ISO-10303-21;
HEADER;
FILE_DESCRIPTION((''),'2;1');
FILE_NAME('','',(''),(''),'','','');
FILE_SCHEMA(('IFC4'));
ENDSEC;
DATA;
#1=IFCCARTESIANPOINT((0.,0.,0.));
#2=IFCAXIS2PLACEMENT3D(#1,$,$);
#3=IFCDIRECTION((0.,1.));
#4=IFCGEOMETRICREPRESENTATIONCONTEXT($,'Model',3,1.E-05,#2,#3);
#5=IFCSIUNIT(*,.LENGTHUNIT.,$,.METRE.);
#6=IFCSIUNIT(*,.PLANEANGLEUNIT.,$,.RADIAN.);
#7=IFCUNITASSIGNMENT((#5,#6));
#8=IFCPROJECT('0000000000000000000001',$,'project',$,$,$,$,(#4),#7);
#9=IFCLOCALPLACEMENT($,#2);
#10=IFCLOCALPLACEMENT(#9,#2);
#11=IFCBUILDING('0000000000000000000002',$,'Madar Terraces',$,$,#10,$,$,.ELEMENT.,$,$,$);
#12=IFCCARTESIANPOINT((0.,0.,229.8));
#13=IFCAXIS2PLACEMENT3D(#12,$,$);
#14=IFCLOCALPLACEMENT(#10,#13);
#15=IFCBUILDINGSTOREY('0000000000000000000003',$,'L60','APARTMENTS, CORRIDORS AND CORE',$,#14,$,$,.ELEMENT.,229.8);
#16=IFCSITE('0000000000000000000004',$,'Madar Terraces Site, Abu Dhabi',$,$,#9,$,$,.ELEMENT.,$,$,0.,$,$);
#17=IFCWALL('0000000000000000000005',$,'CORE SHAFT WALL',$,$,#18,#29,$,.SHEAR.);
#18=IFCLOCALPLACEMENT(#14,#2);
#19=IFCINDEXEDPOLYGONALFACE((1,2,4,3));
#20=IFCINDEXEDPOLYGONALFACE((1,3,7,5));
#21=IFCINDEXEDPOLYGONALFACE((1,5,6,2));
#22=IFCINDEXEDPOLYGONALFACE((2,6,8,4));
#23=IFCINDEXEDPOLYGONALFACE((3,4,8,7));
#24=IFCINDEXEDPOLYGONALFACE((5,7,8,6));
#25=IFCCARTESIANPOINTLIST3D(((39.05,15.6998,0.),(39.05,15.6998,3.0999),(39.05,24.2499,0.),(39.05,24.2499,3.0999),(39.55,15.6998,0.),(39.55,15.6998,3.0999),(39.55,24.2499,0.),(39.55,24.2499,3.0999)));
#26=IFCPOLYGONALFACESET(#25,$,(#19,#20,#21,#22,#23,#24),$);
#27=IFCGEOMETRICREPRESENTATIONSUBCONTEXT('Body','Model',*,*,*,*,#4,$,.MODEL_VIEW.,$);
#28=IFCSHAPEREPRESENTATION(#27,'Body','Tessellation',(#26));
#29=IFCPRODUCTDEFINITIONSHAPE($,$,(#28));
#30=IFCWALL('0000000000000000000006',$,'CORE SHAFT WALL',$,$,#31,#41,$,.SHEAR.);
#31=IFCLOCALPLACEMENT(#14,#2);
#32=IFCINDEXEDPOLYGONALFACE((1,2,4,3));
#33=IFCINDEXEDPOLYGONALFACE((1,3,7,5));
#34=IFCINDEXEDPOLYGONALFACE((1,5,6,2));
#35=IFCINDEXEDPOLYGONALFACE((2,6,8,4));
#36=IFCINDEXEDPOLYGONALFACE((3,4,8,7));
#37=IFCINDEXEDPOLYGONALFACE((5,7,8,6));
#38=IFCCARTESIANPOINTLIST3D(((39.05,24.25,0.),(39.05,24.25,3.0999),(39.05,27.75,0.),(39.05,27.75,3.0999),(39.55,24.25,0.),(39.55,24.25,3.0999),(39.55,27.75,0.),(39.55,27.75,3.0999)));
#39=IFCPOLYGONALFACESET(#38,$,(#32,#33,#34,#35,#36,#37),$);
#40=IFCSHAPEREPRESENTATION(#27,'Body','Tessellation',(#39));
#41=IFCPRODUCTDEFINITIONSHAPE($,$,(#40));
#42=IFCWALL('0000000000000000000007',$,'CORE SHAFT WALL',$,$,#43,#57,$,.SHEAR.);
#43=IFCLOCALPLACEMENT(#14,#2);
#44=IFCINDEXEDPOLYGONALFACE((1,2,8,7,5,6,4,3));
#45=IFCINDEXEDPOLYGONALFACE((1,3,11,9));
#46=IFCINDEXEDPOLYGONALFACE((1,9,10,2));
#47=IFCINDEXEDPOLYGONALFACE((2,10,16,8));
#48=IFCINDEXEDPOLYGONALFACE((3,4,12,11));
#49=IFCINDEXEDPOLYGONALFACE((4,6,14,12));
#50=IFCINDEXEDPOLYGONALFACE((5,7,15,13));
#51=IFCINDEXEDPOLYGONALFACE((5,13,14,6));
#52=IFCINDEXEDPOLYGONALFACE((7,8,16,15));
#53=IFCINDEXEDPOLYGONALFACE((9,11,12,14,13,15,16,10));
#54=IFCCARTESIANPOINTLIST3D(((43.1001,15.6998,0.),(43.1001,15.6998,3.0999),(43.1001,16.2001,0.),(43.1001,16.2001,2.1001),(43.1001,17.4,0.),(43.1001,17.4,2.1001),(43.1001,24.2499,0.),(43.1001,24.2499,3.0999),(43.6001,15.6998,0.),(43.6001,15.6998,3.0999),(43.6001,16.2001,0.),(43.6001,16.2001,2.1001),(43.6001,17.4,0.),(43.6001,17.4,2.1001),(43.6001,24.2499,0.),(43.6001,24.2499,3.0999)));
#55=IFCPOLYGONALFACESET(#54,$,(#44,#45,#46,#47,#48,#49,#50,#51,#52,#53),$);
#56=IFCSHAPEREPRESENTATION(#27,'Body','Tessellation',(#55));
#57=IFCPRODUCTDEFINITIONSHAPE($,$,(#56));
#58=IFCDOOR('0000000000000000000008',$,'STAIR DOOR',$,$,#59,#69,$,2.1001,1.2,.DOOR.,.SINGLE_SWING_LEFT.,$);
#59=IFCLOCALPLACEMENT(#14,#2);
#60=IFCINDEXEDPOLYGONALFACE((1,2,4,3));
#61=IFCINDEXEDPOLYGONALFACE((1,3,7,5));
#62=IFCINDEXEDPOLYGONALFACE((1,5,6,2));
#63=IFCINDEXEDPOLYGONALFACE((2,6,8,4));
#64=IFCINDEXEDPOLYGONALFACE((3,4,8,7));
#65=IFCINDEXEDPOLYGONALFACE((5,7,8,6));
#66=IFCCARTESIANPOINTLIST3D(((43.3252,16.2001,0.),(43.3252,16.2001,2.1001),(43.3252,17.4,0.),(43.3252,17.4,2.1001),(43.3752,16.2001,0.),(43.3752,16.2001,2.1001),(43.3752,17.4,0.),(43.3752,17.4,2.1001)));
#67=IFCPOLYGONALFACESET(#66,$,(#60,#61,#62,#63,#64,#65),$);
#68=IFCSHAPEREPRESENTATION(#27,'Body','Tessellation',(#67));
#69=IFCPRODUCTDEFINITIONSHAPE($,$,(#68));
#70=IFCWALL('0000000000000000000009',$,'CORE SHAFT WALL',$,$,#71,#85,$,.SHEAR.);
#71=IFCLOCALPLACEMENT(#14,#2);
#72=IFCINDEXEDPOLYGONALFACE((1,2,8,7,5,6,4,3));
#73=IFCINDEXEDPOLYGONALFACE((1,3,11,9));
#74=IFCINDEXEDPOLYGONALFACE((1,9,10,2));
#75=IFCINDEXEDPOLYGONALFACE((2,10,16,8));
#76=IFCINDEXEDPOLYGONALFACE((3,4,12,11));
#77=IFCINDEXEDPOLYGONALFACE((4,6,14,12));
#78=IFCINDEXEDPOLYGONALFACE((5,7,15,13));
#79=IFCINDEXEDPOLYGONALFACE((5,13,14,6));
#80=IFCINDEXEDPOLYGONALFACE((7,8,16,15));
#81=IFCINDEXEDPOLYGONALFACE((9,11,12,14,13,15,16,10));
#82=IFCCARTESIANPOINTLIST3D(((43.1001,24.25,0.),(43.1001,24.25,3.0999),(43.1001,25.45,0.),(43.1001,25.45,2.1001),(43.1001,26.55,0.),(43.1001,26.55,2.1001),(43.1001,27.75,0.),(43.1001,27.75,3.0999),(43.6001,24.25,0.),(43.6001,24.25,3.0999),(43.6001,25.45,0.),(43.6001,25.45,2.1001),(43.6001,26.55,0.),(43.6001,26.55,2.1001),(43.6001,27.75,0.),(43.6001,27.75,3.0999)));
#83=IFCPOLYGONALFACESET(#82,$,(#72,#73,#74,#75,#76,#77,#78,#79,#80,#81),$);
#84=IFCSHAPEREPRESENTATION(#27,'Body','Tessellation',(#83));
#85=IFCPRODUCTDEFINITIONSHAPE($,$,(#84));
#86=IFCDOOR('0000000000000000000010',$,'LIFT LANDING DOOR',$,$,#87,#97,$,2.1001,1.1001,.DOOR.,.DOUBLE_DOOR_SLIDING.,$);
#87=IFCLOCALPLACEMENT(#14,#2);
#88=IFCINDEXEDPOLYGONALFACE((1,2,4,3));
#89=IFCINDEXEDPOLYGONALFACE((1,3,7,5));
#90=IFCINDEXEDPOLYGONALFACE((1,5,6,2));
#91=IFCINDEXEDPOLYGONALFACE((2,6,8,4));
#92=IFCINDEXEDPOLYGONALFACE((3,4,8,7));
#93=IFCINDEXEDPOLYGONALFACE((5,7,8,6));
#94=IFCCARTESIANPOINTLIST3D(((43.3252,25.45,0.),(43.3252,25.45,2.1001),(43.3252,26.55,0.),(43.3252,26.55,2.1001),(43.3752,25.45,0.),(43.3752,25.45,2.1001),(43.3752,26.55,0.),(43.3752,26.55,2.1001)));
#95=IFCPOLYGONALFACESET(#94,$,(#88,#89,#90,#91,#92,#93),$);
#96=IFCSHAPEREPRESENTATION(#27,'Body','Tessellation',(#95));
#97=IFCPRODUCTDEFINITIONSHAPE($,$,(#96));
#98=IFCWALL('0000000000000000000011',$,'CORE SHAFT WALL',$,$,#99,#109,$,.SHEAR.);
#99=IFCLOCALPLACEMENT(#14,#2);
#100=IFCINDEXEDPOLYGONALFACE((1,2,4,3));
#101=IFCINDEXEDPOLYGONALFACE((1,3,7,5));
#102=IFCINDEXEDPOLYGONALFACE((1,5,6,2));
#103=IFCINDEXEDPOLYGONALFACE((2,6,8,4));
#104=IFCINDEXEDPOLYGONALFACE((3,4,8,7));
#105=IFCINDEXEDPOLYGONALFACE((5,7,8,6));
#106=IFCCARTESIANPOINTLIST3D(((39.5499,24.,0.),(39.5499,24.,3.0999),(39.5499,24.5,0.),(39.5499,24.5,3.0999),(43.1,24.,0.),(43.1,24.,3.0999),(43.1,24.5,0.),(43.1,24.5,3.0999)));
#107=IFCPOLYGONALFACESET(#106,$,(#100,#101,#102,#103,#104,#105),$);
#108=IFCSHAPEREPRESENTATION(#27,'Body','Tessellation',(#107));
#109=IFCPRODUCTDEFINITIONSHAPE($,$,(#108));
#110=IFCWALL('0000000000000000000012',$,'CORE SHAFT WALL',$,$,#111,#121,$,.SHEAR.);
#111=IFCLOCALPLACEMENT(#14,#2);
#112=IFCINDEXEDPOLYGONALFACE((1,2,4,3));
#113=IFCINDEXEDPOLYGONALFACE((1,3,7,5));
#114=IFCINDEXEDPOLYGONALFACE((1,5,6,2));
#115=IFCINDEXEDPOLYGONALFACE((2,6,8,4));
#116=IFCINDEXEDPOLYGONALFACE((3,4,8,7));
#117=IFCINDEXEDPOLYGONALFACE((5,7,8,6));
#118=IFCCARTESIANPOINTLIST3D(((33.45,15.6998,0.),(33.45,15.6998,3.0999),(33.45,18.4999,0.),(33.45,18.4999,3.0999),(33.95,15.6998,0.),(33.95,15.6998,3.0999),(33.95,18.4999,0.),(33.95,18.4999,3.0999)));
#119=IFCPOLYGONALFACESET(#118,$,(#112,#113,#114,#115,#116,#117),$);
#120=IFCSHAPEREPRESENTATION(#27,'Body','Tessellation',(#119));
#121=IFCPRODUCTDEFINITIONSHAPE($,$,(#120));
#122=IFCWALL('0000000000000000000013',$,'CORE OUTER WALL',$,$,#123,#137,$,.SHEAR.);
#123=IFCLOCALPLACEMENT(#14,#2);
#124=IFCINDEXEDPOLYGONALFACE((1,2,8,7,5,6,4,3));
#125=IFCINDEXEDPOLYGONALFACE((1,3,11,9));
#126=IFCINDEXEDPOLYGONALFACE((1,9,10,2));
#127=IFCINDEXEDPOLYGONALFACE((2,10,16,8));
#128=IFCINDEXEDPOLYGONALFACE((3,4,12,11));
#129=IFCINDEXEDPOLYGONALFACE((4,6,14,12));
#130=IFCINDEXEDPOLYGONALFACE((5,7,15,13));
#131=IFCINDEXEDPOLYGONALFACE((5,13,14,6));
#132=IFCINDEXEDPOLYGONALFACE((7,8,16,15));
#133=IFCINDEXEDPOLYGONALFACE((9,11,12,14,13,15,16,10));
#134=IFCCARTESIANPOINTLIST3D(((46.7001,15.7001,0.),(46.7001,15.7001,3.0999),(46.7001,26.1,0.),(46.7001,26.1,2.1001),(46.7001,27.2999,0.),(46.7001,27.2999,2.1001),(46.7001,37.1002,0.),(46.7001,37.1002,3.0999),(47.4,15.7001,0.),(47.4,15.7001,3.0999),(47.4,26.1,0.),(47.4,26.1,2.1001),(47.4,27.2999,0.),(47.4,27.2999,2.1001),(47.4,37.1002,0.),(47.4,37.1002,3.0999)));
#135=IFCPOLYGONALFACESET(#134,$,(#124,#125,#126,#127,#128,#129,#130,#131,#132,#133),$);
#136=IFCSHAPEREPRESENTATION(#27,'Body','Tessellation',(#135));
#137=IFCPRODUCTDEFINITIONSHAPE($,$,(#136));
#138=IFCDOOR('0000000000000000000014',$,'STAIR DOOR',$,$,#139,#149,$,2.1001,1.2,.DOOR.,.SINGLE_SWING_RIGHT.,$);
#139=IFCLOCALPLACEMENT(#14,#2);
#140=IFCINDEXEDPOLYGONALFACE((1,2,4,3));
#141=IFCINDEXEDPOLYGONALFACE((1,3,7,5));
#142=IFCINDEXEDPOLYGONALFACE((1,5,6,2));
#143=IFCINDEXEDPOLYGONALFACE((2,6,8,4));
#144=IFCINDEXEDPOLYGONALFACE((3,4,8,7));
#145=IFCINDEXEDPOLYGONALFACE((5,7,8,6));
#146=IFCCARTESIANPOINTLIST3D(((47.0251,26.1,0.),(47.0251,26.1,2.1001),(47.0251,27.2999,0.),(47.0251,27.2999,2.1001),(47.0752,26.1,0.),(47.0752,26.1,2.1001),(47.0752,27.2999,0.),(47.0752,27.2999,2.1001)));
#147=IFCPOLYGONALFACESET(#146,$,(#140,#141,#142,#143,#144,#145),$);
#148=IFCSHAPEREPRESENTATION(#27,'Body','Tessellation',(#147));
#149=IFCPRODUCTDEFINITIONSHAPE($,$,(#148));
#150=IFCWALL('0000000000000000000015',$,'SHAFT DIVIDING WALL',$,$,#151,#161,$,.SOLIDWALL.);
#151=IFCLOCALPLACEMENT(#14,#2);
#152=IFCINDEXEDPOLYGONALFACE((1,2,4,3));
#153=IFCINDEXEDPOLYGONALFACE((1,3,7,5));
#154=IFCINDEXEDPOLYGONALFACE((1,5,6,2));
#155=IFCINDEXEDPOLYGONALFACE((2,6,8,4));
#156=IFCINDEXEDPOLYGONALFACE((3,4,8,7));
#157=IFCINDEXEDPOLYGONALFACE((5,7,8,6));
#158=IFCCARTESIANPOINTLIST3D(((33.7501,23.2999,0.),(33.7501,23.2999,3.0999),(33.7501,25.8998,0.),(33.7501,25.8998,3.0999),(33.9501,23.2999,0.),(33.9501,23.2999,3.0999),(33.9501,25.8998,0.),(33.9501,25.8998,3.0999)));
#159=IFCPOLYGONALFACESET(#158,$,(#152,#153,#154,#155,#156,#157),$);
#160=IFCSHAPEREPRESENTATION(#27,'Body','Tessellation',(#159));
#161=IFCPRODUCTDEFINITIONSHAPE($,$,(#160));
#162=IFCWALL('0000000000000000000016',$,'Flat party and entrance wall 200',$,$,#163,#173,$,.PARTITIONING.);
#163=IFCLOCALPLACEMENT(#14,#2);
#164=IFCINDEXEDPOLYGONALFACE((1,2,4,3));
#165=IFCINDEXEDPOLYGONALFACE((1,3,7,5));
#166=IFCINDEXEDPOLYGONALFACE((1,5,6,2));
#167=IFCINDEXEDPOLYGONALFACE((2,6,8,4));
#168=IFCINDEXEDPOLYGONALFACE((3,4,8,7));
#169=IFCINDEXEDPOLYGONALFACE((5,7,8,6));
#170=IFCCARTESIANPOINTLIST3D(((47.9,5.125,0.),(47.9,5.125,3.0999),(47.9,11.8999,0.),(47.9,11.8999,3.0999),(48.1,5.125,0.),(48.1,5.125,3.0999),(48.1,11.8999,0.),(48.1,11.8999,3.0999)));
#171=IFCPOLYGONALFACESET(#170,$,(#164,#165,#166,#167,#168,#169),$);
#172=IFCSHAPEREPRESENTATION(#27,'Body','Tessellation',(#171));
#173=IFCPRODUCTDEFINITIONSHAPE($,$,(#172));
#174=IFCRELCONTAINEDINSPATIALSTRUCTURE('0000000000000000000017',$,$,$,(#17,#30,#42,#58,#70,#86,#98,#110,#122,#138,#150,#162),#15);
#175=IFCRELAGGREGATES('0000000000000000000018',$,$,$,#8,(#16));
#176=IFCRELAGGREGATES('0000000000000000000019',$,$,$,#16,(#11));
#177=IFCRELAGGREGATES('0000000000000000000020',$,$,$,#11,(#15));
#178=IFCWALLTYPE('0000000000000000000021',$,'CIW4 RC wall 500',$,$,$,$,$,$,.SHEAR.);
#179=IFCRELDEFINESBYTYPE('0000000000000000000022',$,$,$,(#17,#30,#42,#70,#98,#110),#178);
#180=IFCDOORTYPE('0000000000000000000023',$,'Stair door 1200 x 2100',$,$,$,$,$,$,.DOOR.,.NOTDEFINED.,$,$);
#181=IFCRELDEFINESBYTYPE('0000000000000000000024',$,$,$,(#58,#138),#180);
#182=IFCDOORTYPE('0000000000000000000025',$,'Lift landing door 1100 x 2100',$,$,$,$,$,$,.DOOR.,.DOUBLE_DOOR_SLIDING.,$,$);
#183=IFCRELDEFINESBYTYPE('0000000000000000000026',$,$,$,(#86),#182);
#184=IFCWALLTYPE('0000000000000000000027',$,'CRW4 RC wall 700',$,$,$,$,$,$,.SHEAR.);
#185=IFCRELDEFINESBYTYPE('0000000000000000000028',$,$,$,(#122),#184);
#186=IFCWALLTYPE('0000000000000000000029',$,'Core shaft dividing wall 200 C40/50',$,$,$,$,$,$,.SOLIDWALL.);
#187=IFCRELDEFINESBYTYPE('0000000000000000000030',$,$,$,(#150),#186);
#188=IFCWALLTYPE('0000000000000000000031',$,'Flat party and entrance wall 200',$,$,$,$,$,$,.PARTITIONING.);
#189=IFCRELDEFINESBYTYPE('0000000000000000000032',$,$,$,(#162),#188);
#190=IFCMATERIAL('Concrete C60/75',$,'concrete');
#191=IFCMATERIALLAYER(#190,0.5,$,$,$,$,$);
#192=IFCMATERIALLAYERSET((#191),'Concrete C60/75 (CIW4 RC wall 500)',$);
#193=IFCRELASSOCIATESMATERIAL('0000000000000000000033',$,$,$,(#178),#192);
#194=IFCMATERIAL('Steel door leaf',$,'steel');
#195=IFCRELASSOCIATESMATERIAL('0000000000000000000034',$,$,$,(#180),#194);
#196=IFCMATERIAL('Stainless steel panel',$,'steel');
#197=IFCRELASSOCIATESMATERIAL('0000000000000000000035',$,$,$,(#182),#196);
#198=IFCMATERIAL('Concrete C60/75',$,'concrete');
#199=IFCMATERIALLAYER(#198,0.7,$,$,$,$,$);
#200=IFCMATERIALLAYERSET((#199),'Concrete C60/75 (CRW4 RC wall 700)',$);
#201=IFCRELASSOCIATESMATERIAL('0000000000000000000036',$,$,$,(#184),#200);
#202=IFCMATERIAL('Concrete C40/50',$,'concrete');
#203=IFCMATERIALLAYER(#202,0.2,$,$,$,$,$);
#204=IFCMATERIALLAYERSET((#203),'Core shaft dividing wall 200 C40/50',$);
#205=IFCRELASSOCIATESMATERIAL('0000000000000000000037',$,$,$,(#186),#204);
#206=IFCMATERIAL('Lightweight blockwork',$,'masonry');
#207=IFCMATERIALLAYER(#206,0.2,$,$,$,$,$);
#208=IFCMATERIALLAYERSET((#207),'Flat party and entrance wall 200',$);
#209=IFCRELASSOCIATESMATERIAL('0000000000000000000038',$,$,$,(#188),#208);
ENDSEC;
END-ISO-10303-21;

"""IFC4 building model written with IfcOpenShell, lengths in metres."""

from ifc_helpers import new_model, si_unit, direction, frame, frame_2d, origin, place, context, subcontext, project, spatial, rectangle, extrude, material, layer, layer_set, type_object, element, fill, save


model = new_model("IFC4")

# Units and contexts
model_context = context("Model", 3, precision=1e-05, world=origin(), true_north=direction((0.0, 1.0)))
body_context = subcontext(model_context, "Body", "Model", "MODEL_VIEW")
ifc_project = project(units=[si_unit("LENGTHUNIT", "METRE"), si_unit("PLANEANGLEUNIT", "RADIAN")], contexts=[model_context])

# Site, building, storey
site_placement = place(None, origin())
site = spatial("IfcSite", under=ifc_project, at=site_placement, Name="Madar Terraces Site, Abu Dhabi", CompositionType="ELEMENT", RefElevation=0.0)
building_placement = place(site_placement, origin())
building = spatial("IfcBuilding", under=site, at=building_placement, Name="Madar Terraces", CompositionType="ELEMENT")
storey_placement = place(building_placement, frame((0.0, 0.0, 229.8)))
storey = spatial("IfcBuildingStorey", under=building, at=storey_placement, Name="L60", Description="APARTMENTS, CORRIDORS AND CORE", CompositionType="ELEMENT", Elevation=229.8)

# Walls
ifc_material_1 = material(Name="Concrete C60/75", Category="concrete")
ifc_layer_1 = layer(ifc_material_1, 0.5)
ifc_layer_set_1 = layer_set([ifc_layer_1], Name="Concrete C60/75 (CIW4 RC wall 500)")
wall_type_1 = type_object("IfcWallType", Name="CIW4 RC wall 500", PredefinedType="SHEAR", material=ifc_layer_set_1)
wall_1_placement = place(storey_placement, frame((39.3, 15.7, 0.0), z_axis=(0.0, 0.0, 1.0), x_axis=(0.0, 1.0, 0.0)))
element("IfcWall", 1, at=wall_1_placement, inside=storey, type_object=wall_type_1, Name="CORE SHAFT WALL", PredefinedType="SHEAR", context=body_context, shape_type="SweptSolid", body=[
    extrude(rectangle(XDim=8.55, YDim=0.5, at=frame_2d((4.2749, 0.0))), origin(), (0.0, 0.0, 1.0), 3.0999),
])
wall_2_placement = place(storey_placement, frame((39.3, 24.25, 0.0), z_axis=(0.0, 0.0, 1.0), x_axis=(0.0, 1.0, 0.0)))
element("IfcWall", 2, at=wall_2_placement, inside=storey, type_object=wall_type_1, Name="CORE SHAFT WALL", PredefinedType="SHEAR", context=body_context, shape_type="SweptSolid", body=[
    extrude(rectangle(XDim=3.5, YDim=0.5, at=frame_2d((1.75, 0.0))), origin(), (0.0, 0.0, 1.0), 3.0999),
])

# Walls, openings, doors
wall_3_placement = place(storey_placement, frame((43.3501, 15.7, 0.0), z_axis=(0.0, 0.0, 1.0), x_axis=(0.0, 1.0, 0.0)))
wall_3 = element("IfcWall", 3, at=wall_3_placement, inside=storey, type_object=wall_type_1, Name="CORE SHAFT WALL", PredefinedType="SHEAR", context=body_context, shape_type="SweptSolid", body=[
    extrude(rectangle(XDim=8.55, YDim=0.5, at=frame_2d((4.2749, 0.0))), origin(), (0.0, 0.0, 1.0), 3.0999),
])
opening_1_placement = place(wall_3_placement, frame((0.5, 0.0, 0.0)))
opening_1 = element("IfcOpeningElement", 4, at=opening_1_placement, cuts=wall_3, PredefinedType="OPENING", context=body_context, shape_type="SweptSolid", body=[
    extrude(rectangle(XDim=1.2, YDim=2.1001, at=frame_2d((0.6001, 1.05))), frame((0.0, 0.26, 0.0), z_axis=(0.0, -1.0, 0.0), x_axis=(1.0, 0.0, 0.0)), (0.0, 0.0, 1.0), 0.52),
])
ifc_material_2 = material(Name="Steel door leaf", Category="steel")
door_type_1 = type_object("IfcDoorType", Name="Stair door 1200 x 2100", OperationType="NOTDEFINED", PredefinedType="DOOR", material=ifc_material_2)
door_1_placement = place(opening_1_placement, origin())
door_1 = element("IfcDoor", 5, at=door_1_placement, inside=storey, type_object=door_type_1, Name="STAIR DOOR", OperationType="SINGLE_SWING_LEFT", OverallHeight=2.1001, OverallWidth=1.2, PredefinedType="DOOR", context=body_context, shape_type="SweptSolid", body=[
    extrude(rectangle(XDim=1.2, YDim=2.1001, at=frame_2d((0.6001, 1.05))), frame((0.0, 0.0249, 0.0), z_axis=(0.0, -1.0, 0.0), x_axis=(1.0, 0.0, 0.0)), (0.0, 0.0, 1.0), 0.05),
])
fill(opening_1, door_1)
wall_4_placement = place(storey_placement, frame((43.3501, 24.25, 0.0), z_axis=(0.0, 0.0, 1.0), x_axis=(0.0, 1.0, 0.0)))
wall_4 = element("IfcWall", 6, at=wall_4_placement, inside=storey, type_object=wall_type_1, Name="CORE SHAFT WALL", PredefinedType="SHEAR", context=body_context, shape_type="SweptSolid", body=[
    extrude(rectangle(XDim=3.5, YDim=0.5, at=frame_2d((1.75, 0.0))), origin(), (0.0, 0.0, 1.0), 3.0999),
])
opening_2_placement = place(wall_4_placement, frame((1.2, 0.0, 0.0)))
opening_2 = element("IfcOpeningElement", 7, at=opening_2_placement, cuts=wall_4, PredefinedType="OPENING", context=body_context, shape_type="SweptSolid", body=[
    extrude(rectangle(XDim=1.1001, YDim=2.1001, at=frame_2d((0.55, 1.05))), frame((0.0, 0.26, 0.0), z_axis=(0.0, -1.0, 0.0), x_axis=(1.0, 0.0, 0.0)), (0.0, 0.0, 1.0), 0.52),
])
ifc_material_3 = material(Name="Stainless steel panel", Category="steel")
door_type_2 = type_object("IfcDoorType", Name="Lift landing door 1100 x 2100", OperationType="DOUBLE_DOOR_SLIDING", PredefinedType="DOOR", material=ifc_material_3)
door_2_placement = place(opening_2_placement, origin())
door_2 = element("IfcDoor", 8, at=door_2_placement, inside=storey, type_object=door_type_2, Name="LIFT LANDING DOOR", OperationType="DOUBLE_DOOR_SLIDING", OverallHeight=2.1001, OverallWidth=1.1001, PredefinedType="DOOR", context=body_context, shape_type="SweptSolid", body=[
    extrude(rectangle(XDim=1.1001, YDim=2.1001, at=frame_2d((0.55, 1.05))), frame((0.0, 0.0249, 0.0), z_axis=(0.0, -1.0, 0.0), x_axis=(1.0, 0.0, 0.0)), (0.0, 0.0, 1.0), 0.05),
])
fill(opening_2, door_2)

# Walls
wall_5_placement = place(storey_placement, frame((39.55, 24.25, 0.0), z_axis=(0.0, 0.0, 1.0), x_axis=(1.0, 0.0, 0.0)))
element("IfcWall", 9, at=wall_5_placement, inside=storey, type_object=wall_type_1, Name="CORE SHAFT WALL", PredefinedType="SHEAR", context=body_context, shape_type="SweptSolid", body=[
    extrude(rectangle(XDim=3.55, YDim=0.5, at=frame_2d((1.7749, 0.0))), origin(), (0.0, 0.0, 1.0), 3.0999),
])
wall_6_placement = place(storey_placement, frame((33.7, 15.7, 0.0), z_axis=(0.0, 0.0, 1.0), x_axis=(0.0, 1.0, 0.0)))
element("IfcWall", 10, at=wall_6_placement, inside=storey, type_object=wall_type_1, Name="CORE SHAFT WALL", PredefinedType="SHEAR", context=body_context, shape_type="SweptSolid", body=[
    extrude(rectangle(XDim=2.8, YDim=0.5, at=frame_2d((1.3999, 0.0))), origin(), (0.0, 0.0, 1.0), 3.0999),
])

# Wall, opening, door
ifc_material_4 = material(Name="Concrete C60/75", Category="concrete")
ifc_layer_2 = layer(ifc_material_4, 0.7)
ifc_layer_set_2 = layer_set([ifc_layer_2], Name="Concrete C60/75 (CRW4 RC wall 700)")
wall_type_2 = type_object("IfcWallType", Name="CRW4 RC wall 700", PredefinedType="SHEAR", material=ifc_layer_set_2)
wall_7_placement = place(storey_placement, frame((47.05, 15.7, 0.0), z_axis=(0.0, 0.0, 1.0), x_axis=(0.0, 1.0, 0.0)))
wall_7 = element("IfcWall", 11, at=wall_7_placement, inside=storey, type_object=wall_type_2, Name="CORE OUTER WALL", PredefinedType="SHEAR", context=body_context, shape_type="SweptSolid", body=[
    extrude(rectangle(XDim=21.4001, YDim=0.7, at=frame_2d((10.7002, 0.0))), origin(), (0.0, 0.0, 1.0), 3.0999),
])
opening_3_placement = place(wall_7_placement, frame((10.3999, 0.0, 0.0)))
opening_3 = element("IfcOpeningElement", 12, at=opening_3_placement, cuts=wall_7, PredefinedType="OPENING", context=body_context, shape_type="SweptSolid", body=[
    extrude(rectangle(XDim=1.2, YDim=2.1001, at=frame_2d((0.6001, 1.05))), frame((0.0, 0.3599, 0.0), z_axis=(0.0, -1.0, 0.0), x_axis=(1.0, 0.0, 0.0)), (0.0, 0.0, 1.0), 0.72),
])
door_3_placement = place(opening_3_placement, origin())
door_3 = element("IfcDoor", 13, at=door_3_placement, inside=storey, type_object=door_type_1, Name="STAIR DOOR", OperationType="SINGLE_SWING_RIGHT", OverallHeight=2.1001, OverallWidth=1.2, PredefinedType="DOOR", context=body_context, shape_type="SweptSolid", body=[
    extrude(rectangle(XDim=1.2, YDim=2.1001, at=frame_2d((0.6001, 1.05))), frame((0.0, 0.0249, 0.0), z_axis=(0.0, -1.0, 0.0), x_axis=(1.0, 0.0, 0.0)), (0.0, 0.0, 1.0), 0.05),
])
fill(opening_3, door_3)

# Walls
ifc_material_5 = material(Name="Concrete C40/50", Category="concrete")
ifc_layer_3 = layer(ifc_material_5, 0.2)
ifc_layer_set_3 = layer_set([ifc_layer_3], Name="Core shaft dividing wall 200 C40/50")
wall_type_3 = type_object("IfcWallType", Name="Core shaft dividing wall 200 C40/50", PredefinedType="SOLIDWALL", material=ifc_layer_set_3)
wall_8_placement = place(storey_placement, frame((33.8501, 23.3, 0.0), z_axis=(0.0, 0.0, 1.0), x_axis=(0.0, 1.0, 0.0)))
element("IfcWall", 14, at=wall_8_placement, inside=storey, type_object=wall_type_3, Name="SHAFT DIVIDING WALL", PredefinedType="SOLIDWALL", context=body_context, shape_type="SweptSolid", body=[
    extrude(rectangle(XDim=2.5999, YDim=0.2, at=frame_2d((1.2998, 0.0))), origin(), (0.0, 0.0, 1.0), 3.0999),
])
ifc_material_6 = material(Name="Lightweight blockwork", Category="masonry")
ifc_layer_4 = layer(ifc_material_6, 0.2)
ifc_layer_set_4 = layer_set([ifc_layer_4], Name="Flat party and entrance wall 200")
wall_type_4 = type_object("IfcWallType", Name="Flat party and entrance wall 200", PredefinedType="PARTITIONING", material=ifc_layer_set_4)
wall_9_placement = place(storey_placement, frame((48.0, 11.8999, 0.0), z_axis=(0.0, 0.0, 1.0), x_axis=(0.0, -1.0, 0.0)))
element("IfcWall", 15, at=wall_9_placement, inside=storey, type_object=wall_type_4, Name="Flat party and entrance wall 200", PredefinedType="PARTITIONING", context=body_context, shape_type="SweptSolid", body=[
    extrude(rectangle(XDim=6.7749, YDim=0.2, at=frame_2d((3.3875, 0.0))), origin(), (0.0, 0.0, 1.0), 3.0999),
])

save(model, "model.ifc")
